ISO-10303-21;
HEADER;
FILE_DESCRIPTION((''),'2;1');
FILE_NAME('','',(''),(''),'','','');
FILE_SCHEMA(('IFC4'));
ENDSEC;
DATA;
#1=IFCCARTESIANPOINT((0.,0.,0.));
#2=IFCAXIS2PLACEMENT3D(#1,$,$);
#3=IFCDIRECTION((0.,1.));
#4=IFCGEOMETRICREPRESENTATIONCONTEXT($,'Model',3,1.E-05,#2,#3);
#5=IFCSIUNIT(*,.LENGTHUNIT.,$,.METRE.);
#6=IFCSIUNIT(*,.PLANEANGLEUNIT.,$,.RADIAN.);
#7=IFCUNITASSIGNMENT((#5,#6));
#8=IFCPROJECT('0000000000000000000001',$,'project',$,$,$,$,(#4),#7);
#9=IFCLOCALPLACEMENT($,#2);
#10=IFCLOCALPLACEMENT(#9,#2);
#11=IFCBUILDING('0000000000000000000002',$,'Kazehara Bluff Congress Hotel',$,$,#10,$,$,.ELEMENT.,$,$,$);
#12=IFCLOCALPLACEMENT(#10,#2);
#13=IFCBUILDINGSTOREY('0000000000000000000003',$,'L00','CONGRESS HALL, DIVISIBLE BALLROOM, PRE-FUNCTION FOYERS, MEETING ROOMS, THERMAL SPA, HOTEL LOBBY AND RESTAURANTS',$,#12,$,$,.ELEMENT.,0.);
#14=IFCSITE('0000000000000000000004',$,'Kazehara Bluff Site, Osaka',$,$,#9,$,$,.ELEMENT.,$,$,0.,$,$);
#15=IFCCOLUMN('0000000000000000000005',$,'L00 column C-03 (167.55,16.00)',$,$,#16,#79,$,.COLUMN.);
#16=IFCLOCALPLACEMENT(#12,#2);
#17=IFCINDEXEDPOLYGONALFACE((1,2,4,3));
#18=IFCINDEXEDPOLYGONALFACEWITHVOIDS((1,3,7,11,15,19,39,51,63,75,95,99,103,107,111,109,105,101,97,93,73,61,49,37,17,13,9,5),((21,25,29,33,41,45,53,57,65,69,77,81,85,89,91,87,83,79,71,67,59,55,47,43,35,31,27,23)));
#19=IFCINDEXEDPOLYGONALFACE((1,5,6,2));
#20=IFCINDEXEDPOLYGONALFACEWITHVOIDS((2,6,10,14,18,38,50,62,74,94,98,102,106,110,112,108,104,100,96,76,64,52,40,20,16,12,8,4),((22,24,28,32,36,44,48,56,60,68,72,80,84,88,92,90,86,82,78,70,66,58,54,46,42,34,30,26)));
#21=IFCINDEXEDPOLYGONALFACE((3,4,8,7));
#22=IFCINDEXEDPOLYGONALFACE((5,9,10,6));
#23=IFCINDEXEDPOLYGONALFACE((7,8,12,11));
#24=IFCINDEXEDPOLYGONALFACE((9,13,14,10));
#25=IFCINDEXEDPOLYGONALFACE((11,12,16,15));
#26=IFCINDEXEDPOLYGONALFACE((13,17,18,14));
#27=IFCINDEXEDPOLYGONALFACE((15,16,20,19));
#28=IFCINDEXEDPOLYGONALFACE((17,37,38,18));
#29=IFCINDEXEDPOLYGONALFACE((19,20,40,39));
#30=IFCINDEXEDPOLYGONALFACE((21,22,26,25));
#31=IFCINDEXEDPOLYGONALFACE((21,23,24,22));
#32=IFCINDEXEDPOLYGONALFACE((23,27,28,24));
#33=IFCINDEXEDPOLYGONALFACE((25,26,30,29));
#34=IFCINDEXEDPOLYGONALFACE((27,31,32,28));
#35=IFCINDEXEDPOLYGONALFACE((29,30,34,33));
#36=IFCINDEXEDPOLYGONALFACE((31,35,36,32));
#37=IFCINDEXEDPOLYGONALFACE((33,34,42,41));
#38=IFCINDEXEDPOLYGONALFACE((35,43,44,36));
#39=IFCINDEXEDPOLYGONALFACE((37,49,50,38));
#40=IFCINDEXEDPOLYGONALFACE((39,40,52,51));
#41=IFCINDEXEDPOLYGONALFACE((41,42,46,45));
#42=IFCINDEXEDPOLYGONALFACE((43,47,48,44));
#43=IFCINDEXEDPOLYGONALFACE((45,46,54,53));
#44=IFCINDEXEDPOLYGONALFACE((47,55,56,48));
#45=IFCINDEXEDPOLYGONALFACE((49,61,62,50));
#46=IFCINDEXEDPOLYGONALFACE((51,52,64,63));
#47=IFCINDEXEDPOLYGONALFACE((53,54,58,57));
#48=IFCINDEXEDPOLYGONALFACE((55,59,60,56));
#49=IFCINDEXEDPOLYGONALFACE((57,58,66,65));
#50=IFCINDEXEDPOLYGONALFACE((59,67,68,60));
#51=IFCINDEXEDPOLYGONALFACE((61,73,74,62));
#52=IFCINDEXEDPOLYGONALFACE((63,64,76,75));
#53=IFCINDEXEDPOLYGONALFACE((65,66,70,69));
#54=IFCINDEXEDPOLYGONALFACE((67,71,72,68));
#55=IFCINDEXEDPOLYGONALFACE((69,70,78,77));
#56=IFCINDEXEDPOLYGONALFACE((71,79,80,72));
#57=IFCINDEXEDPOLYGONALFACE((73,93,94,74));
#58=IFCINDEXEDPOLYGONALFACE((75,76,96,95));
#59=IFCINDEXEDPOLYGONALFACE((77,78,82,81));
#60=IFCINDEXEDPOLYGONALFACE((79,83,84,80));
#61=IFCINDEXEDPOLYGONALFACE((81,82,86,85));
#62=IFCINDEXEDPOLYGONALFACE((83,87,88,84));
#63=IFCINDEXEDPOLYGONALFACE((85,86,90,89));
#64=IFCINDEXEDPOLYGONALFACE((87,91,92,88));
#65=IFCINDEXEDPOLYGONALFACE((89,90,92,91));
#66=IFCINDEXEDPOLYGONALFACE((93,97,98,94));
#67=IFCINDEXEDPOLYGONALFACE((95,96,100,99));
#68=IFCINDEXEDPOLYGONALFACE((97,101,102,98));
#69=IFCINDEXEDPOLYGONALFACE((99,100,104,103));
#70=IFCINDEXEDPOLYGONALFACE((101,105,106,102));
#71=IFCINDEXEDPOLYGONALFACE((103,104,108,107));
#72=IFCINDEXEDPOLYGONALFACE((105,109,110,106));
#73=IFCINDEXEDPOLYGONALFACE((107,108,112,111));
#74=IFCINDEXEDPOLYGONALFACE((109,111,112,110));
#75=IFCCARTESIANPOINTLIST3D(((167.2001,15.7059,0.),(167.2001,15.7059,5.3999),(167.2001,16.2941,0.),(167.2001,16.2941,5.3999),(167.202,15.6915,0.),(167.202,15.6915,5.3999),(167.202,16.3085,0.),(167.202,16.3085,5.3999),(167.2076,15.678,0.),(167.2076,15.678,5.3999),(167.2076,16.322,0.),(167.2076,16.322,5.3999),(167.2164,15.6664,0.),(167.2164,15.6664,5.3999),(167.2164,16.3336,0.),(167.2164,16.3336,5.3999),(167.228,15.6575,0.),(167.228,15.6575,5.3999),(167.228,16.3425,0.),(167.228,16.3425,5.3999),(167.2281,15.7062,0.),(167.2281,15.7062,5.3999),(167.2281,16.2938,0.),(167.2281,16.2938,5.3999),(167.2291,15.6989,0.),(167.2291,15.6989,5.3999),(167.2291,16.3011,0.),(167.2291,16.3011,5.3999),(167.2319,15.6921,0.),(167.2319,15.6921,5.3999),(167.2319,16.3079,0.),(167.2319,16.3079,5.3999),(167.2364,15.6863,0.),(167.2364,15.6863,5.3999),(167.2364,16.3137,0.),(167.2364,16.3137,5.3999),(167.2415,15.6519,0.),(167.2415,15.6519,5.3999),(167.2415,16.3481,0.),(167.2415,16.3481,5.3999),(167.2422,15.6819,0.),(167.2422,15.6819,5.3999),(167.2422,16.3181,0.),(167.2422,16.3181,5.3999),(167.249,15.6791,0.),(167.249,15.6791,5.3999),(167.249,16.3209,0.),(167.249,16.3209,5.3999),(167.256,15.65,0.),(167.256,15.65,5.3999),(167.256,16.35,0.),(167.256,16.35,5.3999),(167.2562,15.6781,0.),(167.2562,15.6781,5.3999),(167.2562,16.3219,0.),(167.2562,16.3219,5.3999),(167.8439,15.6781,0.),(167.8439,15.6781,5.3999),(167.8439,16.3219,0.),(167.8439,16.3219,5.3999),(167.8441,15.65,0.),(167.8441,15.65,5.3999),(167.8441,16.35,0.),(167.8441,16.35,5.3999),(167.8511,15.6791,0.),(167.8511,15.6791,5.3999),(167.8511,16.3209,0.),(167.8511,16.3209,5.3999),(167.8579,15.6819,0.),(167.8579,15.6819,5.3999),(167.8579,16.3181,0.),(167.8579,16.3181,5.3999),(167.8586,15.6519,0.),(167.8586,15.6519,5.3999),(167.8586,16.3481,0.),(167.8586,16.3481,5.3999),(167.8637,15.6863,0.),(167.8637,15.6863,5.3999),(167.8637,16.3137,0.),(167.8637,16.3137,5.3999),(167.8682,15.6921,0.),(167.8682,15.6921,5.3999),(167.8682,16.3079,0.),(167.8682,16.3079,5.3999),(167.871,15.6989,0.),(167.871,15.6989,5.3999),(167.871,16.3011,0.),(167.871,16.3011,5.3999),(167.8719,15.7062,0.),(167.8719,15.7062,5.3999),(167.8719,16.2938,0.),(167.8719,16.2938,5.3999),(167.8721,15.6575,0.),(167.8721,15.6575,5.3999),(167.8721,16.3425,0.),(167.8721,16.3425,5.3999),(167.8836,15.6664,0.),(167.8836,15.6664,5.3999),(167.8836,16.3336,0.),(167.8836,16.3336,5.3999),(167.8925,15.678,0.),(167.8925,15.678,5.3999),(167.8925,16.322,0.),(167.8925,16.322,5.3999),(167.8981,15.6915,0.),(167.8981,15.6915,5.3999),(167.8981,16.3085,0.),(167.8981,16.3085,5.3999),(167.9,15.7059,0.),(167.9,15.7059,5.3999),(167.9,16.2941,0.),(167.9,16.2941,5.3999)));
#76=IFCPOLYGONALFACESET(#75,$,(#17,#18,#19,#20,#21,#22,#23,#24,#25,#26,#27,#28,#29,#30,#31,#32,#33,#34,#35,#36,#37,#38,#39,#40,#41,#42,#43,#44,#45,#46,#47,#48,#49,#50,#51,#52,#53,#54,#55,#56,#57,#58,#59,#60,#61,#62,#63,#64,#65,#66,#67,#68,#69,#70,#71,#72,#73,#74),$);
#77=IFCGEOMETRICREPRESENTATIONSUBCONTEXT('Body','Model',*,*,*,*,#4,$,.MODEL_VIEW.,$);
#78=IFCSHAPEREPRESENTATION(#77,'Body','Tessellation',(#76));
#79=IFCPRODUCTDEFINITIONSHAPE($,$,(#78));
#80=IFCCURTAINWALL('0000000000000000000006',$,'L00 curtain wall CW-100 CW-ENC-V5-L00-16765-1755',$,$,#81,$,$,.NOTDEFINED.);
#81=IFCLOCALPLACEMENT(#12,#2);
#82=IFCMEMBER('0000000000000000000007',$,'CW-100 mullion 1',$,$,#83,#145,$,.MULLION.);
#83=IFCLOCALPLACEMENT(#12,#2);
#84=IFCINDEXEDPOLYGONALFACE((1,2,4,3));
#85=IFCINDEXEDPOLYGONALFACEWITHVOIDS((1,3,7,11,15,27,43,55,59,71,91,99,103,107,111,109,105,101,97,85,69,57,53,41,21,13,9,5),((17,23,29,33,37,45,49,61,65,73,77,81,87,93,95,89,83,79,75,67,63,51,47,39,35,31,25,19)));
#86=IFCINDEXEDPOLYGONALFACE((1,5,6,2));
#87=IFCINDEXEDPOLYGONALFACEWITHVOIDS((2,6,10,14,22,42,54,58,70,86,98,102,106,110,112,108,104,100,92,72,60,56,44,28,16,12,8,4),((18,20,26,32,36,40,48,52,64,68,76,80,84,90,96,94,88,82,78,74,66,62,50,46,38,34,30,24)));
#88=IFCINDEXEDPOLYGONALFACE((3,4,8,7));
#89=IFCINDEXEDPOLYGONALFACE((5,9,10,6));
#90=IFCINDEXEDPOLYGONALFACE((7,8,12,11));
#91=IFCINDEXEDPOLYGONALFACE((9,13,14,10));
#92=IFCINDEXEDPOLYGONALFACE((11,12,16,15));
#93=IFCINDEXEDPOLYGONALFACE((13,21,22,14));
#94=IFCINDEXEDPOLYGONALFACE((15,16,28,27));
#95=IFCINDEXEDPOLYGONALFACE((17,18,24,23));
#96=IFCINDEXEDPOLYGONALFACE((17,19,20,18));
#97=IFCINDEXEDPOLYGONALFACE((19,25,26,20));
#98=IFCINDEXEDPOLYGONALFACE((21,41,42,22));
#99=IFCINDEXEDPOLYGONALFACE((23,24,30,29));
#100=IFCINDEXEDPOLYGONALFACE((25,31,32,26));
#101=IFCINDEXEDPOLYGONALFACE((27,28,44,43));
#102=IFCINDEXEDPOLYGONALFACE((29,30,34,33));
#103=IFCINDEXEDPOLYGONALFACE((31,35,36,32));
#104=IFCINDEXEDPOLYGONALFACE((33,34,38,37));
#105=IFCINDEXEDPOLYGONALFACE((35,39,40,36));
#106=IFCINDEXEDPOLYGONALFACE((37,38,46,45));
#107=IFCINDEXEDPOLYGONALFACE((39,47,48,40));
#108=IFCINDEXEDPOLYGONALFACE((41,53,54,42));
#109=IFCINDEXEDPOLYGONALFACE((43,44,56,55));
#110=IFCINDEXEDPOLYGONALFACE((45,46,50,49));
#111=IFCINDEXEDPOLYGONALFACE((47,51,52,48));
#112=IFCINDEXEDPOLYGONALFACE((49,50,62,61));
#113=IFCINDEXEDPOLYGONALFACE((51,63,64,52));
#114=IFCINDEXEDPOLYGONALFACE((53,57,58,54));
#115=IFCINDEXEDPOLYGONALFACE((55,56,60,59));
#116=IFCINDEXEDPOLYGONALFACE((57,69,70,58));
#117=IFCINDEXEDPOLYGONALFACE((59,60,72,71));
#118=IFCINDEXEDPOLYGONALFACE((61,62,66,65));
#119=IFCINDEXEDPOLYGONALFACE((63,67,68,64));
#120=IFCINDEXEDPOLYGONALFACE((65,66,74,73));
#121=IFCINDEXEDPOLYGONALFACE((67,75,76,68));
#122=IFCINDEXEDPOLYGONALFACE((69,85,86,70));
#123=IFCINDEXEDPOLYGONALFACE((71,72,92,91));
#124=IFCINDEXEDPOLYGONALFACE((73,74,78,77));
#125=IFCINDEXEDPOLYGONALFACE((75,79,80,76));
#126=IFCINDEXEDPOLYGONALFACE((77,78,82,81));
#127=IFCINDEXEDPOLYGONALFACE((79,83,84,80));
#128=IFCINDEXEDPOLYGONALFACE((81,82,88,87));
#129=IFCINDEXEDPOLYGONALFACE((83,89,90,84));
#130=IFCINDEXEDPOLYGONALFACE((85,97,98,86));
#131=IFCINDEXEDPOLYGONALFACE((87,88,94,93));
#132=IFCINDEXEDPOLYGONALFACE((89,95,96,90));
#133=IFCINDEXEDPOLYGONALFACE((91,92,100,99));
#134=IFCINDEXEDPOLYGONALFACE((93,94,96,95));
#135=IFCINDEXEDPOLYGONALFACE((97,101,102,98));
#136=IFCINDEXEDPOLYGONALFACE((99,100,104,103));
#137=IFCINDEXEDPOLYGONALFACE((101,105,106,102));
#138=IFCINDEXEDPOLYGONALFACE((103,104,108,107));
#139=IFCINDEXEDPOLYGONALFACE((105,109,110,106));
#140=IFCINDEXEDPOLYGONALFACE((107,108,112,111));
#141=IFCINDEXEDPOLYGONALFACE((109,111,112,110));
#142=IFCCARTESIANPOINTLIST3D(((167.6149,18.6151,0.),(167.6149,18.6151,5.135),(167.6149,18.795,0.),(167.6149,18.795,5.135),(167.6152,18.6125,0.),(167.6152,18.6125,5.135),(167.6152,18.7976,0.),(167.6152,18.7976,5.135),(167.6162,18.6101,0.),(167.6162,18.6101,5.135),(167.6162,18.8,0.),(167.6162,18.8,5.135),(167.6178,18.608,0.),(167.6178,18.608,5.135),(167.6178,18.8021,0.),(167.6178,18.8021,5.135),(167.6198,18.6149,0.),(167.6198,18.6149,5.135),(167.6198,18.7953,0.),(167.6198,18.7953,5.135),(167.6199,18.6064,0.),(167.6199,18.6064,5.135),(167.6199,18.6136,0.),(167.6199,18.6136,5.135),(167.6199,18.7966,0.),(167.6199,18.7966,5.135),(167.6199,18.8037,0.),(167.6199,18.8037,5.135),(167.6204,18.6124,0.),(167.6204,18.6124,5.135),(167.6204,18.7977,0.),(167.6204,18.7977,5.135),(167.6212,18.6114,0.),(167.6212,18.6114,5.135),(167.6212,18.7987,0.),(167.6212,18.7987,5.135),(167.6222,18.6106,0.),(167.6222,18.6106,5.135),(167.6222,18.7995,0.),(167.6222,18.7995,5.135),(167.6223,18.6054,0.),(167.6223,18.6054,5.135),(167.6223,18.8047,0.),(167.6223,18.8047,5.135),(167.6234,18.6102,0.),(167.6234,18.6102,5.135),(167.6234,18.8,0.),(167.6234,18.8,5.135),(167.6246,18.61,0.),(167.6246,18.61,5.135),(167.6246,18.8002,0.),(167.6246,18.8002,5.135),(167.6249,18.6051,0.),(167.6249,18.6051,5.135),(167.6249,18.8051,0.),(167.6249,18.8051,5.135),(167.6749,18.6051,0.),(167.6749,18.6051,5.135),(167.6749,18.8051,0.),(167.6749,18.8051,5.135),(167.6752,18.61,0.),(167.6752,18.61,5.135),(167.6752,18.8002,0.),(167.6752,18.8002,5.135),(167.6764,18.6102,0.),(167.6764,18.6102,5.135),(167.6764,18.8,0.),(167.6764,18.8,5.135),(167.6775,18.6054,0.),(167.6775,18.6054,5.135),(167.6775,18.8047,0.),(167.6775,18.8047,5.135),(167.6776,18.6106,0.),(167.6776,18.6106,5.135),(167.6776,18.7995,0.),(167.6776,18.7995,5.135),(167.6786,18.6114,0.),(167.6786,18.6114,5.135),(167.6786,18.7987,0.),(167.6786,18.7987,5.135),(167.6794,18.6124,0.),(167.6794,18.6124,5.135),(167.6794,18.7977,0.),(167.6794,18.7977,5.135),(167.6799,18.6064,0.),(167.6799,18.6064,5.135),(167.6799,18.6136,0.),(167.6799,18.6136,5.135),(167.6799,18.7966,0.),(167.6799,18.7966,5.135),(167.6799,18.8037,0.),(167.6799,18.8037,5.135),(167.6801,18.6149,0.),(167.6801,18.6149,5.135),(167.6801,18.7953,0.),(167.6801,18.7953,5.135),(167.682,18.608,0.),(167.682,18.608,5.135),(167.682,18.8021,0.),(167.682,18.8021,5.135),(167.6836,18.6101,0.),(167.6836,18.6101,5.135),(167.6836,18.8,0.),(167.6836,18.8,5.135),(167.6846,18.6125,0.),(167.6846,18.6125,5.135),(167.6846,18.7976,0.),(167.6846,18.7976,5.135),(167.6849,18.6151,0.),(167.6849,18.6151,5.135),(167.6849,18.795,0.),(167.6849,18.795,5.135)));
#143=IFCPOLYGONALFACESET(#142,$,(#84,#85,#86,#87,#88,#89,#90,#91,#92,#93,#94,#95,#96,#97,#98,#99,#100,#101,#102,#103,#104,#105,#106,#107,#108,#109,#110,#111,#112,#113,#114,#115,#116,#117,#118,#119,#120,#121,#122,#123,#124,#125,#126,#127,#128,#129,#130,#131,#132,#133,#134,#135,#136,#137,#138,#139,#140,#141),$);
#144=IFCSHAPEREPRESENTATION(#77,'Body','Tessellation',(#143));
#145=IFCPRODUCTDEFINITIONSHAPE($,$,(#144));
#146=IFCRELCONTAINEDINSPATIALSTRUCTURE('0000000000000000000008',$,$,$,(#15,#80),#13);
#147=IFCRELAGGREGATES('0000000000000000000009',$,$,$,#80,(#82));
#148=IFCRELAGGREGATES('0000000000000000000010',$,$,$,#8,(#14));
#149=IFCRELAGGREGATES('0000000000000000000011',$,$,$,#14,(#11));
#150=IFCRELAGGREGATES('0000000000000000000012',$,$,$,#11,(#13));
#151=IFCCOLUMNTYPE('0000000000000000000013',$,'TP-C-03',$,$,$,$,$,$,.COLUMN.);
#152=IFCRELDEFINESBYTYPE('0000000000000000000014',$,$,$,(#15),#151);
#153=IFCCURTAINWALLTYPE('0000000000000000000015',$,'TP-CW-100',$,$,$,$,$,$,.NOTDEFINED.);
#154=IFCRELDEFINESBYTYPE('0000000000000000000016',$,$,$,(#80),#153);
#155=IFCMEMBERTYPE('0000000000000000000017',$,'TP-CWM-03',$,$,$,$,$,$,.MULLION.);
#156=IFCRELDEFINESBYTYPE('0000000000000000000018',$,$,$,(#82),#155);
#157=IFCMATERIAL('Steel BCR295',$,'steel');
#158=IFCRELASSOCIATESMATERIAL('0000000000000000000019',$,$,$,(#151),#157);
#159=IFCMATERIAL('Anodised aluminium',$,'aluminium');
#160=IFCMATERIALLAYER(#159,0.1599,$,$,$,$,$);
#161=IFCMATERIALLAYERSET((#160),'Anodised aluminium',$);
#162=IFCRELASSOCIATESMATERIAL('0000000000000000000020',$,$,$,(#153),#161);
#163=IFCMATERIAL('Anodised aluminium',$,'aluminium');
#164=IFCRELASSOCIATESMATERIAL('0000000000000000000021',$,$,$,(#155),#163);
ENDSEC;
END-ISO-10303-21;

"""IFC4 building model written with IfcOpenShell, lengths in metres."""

from ifc_helpers import new_model, si_unit, direction, frame, origin, origin_2d, place, context, subcontext, project, spatial, hollow_rectangle, extrude, material, layer, layer_set, material_profile, profile_set, type_object, element, aggregate, save


model = new_model("IFC4")

# Units and contexts
model_context = context("Model", 3, precision=1e-05, world=origin(), true_north=direction((0.0, 1.0)))
body_context = subcontext(model_context, "Body", "Model", "MODEL_VIEW")
ifc_project = project(units=[si_unit("LENGTHUNIT", "METRE"), si_unit("PLANEANGLEUNIT", "RADIAN")], contexts=[model_context])

# Site, building, storey
site_placement = place(None, origin())
site = spatial("IfcSite", under=ifc_project, at=site_placement, Name="Kazehara Bluff Site, Osaka", CompositionType="ELEMENT", RefElevation=0.0)
building_placement = place(site_placement, origin())
building = spatial("IfcBuilding", under=site, at=building_placement, Name="Kazehara Bluff Congress Hotel", CompositionType="ELEMENT")
storey_placement = place(building_placement, origin())
storey = spatial("IfcBuildingStorey", under=building, at=storey_placement, Name="L00", Description="CONGRESS HALL, DIVISIBLE BALLROOM, PRE-FUNCTION FOYERS, MEETING ROOMS, THERMAL SPA, HOTEL LOBBY AND RESTAURANTS", CompositionType="ELEMENT", Elevation=0.0)

# Column
ifc_material_1 = material(Name="Steel BCR295", Category="steel")
ifc_material_profile_1 = material_profile(ifc_material_1, hollow_rectangle(XDim=0.7, YDim=0.7, WallThickness=0.0281, InnerFilletRadius=0.0281, OuterFilletRadius=0.0559, at=origin_2d()))
ifc_profile_set_1 = profile_set([ifc_material_profile_1], Name="Steel BCR295")
column_type_1 = type_object("IfcColumnType", Name="TP-C-03", PredefinedType="COLUMN", material=ifc_profile_set_1)
for number, where, z_axis, x_axis, name in (
    (1, (167.55, 16.0, 0.0), (0.0, 0.0, 1.0), (1.0, 0.0, 0.0), "L00 column C-03 (167.55,16.00)"),
):
    element("IfcColumn", number, at=place(storey_placement, frame(where, z_axis=z_axis, x_axis=x_axis)), inside=storey, type_object=column_type_1, Name=name, PredefinedType="COLUMN", context=body_context, shape_type="SweptSolid", body=[
        extrude(hollow_rectangle(XDim=0.7, YDim=0.7, WallThickness=0.0281, InnerFilletRadius=0.0281, OuterFilletRadius=0.0559, at=origin_2d()), origin(), (0.0, 0.0, 1.0), 5.3999),
    ])

# Curtain wall, member
ifc_material_2 = material(Name="Anodised aluminium", Category="aluminium")
ifc_layer_1 = layer(ifc_material_2, 0.1599)
ifc_layer_set_1 = layer_set([ifc_layer_1], Name="Anodised aluminium")
curtain_wall_type = type_object("IfcCurtainWallType", Name="TP-CW-100", PredefinedType="NOTDEFINED", material=ifc_layer_set_1)
curtain_wall_placement = place(storey_placement, origin())
curtain_wall = element("IfcCurtainWall", 2, at=curtain_wall_placement, inside=storey, type_object=curtain_wall_type, Name="L00 curtain wall CW-100 CW-ENC-V5-L00-16765-1755", PredefinedType="NOTDEFINED")
ifc_material_3 = material(Name="Anodised aluminium", Category="aluminium")
ifc_material_profile_2 = material_profile(ifc_material_3, hollow_rectangle(XDim=0.0701, YDim=0.2, WallThickness=0.0049, InnerFilletRadius=0.0049, OuterFilletRadius=0.01, at=origin_2d()))
ifc_profile_set_2 = profile_set([ifc_material_profile_2], Name="Anodised aluminium")
member_type_1 = type_object("IfcMemberType", Name="TP-CWM-03", PredefinedType="MULLION", material=ifc_profile_set_2)
member_1_placement = place(storey_placement, frame((167.6499, 18.7051, 0.0), z_axis=(0.0, 0.0, 1.0), x_axis=(1.0, 0.0, 0.0)))
member_1 = element("IfcMember", 3, at=member_1_placement, type_object=member_type_1, Name="CW-100 mullion 1", PredefinedType="MULLION", context=body_context, shape_type="SweptSolid", body=[
    extrude(hollow_rectangle(XDim=0.0701, YDim=0.2, WallThickness=0.0049, InnerFilletRadius=0.0049, OuterFilletRadius=0.01, at=origin_2d()), origin(), (0.0, 0.0, 1.0), 5.135),
])

aggregate(curtain_wall, [member_1])

save(model, "model.ifc")
